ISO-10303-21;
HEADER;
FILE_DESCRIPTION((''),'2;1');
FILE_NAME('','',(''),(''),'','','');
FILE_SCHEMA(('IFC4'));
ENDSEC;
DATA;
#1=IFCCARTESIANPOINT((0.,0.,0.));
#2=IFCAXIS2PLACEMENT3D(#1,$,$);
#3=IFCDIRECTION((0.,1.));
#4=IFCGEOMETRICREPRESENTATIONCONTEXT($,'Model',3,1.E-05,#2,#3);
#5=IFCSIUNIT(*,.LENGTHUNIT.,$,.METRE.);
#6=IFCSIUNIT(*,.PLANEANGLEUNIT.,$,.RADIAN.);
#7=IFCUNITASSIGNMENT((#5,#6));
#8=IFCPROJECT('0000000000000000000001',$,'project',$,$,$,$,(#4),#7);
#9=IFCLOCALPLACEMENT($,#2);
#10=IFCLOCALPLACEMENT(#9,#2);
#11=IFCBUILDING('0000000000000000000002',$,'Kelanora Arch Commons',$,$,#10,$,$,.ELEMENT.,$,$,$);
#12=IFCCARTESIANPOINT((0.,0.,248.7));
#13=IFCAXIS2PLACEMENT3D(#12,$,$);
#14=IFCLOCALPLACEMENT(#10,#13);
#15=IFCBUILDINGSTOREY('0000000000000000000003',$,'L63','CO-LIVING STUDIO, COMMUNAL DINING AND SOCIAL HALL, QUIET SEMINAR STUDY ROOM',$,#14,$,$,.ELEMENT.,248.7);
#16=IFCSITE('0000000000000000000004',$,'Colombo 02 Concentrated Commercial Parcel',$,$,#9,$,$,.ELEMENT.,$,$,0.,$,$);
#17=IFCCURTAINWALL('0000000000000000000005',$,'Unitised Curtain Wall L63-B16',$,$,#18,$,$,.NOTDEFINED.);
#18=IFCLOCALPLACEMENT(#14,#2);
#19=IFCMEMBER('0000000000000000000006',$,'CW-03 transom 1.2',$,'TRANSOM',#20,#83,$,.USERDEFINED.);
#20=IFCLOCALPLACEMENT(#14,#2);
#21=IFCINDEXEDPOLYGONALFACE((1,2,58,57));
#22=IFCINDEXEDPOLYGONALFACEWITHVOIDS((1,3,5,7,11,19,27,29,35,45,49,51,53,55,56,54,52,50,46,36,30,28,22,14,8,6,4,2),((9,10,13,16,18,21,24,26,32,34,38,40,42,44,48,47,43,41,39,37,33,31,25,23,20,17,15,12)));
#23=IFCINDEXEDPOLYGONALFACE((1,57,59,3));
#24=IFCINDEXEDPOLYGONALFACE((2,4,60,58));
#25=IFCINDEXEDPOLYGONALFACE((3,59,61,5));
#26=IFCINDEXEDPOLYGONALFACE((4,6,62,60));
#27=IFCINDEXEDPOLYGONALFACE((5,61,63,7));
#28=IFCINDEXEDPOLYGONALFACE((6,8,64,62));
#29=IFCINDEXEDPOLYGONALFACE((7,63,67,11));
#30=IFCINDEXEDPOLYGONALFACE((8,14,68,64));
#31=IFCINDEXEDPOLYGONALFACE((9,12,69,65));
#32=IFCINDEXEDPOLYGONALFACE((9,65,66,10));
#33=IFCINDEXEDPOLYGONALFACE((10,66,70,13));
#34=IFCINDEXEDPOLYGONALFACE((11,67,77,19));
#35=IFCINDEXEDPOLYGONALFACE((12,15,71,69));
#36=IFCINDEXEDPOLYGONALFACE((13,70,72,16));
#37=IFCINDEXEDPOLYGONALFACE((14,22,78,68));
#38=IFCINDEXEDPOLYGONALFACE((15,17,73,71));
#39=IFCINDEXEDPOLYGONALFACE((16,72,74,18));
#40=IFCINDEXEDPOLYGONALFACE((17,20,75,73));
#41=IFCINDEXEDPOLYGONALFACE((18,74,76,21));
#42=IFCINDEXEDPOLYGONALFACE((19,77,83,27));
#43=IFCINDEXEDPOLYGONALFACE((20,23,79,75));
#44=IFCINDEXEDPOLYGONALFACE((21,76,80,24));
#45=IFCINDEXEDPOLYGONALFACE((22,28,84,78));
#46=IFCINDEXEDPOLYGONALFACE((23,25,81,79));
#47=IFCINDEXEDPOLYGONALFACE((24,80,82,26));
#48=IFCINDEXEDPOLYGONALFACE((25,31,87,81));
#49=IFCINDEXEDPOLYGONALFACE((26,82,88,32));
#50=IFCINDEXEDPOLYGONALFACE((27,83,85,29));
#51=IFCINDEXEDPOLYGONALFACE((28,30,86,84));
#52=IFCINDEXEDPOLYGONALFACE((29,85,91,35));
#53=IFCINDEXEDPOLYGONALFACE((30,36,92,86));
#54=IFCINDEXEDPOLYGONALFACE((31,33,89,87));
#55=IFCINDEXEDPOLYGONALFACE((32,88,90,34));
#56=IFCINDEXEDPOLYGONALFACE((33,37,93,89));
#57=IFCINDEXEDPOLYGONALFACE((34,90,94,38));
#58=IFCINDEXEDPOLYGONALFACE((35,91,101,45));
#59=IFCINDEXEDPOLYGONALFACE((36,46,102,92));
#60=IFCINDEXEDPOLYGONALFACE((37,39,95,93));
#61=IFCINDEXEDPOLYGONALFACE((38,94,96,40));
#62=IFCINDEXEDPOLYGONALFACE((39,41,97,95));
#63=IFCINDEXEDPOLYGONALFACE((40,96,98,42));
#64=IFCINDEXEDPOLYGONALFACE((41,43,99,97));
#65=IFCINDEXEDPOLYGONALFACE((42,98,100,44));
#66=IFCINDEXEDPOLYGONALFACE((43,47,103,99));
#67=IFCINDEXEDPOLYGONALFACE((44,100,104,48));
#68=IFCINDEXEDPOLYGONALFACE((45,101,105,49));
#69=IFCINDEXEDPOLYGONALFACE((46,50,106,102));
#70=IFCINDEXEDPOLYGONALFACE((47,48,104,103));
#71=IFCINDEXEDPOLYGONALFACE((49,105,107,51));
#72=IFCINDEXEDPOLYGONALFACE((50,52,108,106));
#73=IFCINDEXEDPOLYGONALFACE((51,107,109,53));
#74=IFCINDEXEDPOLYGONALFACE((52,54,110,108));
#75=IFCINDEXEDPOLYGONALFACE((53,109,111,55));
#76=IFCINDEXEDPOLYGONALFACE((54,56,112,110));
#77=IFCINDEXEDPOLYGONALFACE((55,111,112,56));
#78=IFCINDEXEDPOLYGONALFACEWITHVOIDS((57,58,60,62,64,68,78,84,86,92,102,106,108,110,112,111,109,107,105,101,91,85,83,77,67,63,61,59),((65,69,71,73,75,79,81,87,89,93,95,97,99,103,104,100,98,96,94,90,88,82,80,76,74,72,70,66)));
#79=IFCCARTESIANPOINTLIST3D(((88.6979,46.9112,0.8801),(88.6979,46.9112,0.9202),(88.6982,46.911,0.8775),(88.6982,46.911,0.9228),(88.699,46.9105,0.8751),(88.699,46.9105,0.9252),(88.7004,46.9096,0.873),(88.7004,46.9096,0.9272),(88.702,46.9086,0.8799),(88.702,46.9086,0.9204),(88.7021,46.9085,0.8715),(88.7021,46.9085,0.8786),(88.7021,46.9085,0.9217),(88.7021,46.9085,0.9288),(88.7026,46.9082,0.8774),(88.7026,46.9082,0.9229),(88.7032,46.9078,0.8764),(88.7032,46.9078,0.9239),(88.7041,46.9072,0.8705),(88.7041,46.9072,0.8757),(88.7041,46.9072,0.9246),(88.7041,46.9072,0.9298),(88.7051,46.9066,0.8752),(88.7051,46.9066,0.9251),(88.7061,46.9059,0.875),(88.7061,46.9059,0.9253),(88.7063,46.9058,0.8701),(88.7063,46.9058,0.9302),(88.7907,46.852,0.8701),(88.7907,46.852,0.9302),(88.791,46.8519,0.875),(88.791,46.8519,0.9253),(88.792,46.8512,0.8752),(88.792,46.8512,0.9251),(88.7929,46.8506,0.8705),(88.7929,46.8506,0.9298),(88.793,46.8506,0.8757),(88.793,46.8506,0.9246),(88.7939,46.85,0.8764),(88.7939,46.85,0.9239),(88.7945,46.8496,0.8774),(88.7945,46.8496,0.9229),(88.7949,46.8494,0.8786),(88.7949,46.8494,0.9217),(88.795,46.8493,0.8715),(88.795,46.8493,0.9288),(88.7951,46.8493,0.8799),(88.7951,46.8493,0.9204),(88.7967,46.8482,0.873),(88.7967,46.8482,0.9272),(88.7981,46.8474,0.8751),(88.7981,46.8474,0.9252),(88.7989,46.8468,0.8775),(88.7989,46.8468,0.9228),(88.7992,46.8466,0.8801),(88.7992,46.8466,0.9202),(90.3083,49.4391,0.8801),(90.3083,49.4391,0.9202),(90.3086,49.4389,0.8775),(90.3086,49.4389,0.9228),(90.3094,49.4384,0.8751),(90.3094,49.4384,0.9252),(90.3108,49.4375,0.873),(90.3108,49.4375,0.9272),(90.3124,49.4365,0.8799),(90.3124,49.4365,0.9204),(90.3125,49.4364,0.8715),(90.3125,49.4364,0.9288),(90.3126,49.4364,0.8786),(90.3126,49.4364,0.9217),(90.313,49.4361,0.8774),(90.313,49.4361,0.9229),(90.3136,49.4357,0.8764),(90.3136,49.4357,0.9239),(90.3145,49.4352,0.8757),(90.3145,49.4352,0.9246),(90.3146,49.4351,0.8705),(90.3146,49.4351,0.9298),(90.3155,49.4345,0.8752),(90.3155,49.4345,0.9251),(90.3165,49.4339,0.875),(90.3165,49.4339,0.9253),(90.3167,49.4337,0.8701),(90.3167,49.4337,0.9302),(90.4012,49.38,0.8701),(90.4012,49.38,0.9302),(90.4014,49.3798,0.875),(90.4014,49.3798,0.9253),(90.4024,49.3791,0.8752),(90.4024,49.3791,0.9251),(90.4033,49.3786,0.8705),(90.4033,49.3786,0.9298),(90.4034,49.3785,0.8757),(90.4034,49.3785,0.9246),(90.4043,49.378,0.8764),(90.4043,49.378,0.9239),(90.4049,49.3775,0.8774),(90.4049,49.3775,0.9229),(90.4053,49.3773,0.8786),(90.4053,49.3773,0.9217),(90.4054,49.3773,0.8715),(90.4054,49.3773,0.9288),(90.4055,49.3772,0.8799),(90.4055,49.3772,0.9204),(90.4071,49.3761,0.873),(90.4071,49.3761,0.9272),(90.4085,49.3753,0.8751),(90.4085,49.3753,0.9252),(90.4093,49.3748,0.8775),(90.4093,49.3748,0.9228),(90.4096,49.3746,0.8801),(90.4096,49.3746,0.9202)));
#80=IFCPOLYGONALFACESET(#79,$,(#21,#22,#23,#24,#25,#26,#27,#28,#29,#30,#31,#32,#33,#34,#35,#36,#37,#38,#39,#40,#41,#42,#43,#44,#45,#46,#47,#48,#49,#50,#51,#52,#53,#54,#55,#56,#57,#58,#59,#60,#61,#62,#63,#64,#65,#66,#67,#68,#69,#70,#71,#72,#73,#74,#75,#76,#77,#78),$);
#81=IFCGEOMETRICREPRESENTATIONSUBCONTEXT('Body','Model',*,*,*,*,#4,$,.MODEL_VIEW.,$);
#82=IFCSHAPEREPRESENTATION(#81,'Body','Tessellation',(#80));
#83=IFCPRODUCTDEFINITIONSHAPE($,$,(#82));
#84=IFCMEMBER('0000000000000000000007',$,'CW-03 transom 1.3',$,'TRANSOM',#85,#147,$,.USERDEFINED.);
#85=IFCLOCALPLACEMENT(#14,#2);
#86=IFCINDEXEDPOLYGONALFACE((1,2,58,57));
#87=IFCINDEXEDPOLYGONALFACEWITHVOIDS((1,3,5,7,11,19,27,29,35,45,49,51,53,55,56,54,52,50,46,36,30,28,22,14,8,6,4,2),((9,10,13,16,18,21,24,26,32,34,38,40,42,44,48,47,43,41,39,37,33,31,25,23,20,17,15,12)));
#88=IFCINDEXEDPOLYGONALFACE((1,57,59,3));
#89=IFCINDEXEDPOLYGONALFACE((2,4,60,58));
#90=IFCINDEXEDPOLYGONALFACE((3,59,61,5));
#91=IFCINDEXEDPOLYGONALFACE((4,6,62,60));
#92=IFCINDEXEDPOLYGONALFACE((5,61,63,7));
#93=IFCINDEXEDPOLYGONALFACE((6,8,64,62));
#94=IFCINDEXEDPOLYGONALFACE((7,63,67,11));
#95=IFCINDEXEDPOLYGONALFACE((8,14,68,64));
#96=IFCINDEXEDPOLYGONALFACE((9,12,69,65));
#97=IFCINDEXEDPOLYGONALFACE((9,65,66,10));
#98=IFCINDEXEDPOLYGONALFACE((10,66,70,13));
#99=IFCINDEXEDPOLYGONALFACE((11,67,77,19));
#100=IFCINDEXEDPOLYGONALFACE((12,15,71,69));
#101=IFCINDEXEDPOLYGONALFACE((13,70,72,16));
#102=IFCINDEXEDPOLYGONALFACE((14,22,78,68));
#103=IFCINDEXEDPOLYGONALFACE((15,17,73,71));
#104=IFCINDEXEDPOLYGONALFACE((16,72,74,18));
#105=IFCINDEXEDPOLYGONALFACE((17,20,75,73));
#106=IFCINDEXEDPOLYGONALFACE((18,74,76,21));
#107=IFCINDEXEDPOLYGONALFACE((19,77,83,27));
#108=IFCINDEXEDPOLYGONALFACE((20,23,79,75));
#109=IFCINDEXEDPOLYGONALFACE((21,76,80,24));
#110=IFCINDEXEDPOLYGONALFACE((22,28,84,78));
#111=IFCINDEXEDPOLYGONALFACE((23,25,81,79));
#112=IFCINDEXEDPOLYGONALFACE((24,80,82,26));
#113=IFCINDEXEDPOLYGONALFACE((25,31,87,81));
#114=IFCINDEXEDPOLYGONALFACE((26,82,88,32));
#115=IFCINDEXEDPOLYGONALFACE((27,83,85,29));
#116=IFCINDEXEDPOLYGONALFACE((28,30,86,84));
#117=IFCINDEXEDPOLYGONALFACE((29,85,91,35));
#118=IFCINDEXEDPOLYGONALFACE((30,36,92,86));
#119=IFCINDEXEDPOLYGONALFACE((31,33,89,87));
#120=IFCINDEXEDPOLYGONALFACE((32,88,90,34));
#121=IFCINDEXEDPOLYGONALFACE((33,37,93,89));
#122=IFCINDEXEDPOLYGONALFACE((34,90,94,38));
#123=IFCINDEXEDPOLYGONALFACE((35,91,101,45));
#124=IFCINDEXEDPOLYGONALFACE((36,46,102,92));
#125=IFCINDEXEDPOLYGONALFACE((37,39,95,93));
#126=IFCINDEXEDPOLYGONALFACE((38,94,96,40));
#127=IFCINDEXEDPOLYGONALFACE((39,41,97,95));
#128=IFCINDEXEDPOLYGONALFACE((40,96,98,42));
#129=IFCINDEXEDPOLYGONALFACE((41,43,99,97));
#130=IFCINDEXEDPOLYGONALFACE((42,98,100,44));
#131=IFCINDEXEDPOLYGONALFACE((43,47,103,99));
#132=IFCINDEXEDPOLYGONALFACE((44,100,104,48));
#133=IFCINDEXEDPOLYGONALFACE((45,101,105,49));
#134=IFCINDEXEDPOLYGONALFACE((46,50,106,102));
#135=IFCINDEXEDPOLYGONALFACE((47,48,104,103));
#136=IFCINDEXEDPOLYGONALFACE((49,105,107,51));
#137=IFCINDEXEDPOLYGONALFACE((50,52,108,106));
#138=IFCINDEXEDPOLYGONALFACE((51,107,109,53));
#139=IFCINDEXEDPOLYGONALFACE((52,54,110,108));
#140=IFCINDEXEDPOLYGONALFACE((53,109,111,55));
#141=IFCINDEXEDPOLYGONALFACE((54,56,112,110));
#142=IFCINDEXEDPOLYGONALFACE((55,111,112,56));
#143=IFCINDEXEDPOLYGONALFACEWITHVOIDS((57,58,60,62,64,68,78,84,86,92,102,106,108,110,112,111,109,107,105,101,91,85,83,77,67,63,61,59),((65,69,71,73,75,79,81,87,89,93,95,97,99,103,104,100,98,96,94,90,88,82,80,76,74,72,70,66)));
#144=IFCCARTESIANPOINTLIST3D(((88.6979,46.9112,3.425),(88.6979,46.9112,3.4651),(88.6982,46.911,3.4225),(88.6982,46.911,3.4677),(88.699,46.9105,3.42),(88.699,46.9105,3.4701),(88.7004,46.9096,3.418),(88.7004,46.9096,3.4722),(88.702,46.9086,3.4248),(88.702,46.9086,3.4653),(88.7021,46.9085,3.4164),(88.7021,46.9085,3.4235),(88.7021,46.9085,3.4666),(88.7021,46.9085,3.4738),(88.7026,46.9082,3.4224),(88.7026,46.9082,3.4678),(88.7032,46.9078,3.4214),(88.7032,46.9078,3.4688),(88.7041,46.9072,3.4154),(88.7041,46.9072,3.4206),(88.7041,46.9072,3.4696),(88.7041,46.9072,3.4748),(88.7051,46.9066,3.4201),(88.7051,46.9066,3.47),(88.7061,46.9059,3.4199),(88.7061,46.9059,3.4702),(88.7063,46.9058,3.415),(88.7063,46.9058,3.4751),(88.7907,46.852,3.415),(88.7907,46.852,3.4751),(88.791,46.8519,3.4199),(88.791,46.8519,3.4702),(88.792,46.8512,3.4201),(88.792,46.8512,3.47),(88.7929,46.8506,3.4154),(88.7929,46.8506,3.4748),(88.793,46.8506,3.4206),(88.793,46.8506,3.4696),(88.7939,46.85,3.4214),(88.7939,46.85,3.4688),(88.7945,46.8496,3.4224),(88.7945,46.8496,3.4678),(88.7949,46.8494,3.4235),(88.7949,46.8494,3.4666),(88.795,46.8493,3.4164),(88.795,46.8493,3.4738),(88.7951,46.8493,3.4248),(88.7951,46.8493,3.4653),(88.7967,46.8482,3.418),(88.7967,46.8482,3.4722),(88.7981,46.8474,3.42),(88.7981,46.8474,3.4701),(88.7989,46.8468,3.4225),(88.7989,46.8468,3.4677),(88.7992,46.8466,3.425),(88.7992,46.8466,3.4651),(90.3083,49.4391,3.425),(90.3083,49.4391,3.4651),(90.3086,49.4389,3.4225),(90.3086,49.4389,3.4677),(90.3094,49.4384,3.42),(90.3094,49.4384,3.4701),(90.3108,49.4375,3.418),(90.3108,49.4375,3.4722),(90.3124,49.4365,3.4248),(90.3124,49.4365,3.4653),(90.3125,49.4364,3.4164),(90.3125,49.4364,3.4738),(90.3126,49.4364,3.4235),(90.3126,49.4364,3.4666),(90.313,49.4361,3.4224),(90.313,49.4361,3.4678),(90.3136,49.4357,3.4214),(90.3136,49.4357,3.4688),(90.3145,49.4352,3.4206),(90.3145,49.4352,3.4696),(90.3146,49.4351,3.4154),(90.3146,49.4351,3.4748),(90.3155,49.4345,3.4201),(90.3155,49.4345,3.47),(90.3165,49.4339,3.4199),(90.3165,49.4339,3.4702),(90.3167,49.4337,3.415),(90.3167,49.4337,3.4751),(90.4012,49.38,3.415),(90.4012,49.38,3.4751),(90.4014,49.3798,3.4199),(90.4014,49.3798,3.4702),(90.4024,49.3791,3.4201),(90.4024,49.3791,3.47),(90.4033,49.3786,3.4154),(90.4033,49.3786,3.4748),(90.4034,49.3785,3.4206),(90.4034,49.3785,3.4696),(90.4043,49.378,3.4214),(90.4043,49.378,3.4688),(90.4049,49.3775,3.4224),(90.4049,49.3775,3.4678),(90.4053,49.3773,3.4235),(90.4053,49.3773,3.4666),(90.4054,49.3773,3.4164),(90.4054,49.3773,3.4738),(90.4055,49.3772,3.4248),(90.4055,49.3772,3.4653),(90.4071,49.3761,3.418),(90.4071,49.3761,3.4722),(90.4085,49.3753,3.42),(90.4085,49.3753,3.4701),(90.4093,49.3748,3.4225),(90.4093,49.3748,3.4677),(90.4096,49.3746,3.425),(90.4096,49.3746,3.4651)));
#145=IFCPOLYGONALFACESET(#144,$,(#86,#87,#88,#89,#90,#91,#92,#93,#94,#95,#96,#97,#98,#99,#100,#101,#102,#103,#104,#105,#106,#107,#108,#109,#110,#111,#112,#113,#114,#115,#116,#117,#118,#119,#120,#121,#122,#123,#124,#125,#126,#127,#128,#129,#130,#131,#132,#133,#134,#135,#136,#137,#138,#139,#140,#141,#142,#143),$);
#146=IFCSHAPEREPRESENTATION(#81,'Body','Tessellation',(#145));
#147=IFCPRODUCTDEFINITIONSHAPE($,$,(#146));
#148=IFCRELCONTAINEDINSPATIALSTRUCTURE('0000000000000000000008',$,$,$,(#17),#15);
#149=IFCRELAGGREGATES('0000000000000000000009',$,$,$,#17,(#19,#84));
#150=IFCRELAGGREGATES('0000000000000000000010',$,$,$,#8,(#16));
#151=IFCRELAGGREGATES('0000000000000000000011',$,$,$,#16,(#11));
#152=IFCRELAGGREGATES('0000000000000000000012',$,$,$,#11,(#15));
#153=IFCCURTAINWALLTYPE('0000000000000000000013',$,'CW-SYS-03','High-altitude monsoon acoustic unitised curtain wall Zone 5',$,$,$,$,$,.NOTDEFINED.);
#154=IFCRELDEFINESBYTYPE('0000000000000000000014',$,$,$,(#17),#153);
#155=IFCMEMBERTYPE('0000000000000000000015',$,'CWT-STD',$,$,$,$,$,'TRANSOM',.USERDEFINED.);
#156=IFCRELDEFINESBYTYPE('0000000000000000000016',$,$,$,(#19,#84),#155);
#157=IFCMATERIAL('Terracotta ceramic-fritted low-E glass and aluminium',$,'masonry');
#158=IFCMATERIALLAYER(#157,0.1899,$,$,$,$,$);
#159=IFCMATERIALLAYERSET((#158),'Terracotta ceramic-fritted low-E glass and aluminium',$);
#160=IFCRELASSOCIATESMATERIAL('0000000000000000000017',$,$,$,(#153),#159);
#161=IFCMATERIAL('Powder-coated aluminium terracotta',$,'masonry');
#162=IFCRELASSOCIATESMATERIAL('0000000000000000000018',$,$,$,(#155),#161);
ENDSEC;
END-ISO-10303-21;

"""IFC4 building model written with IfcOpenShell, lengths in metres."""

from ifc_helpers import new_model, si_unit, direction, frame, origin, origin_2d, place, context, subcontext, project, spatial, hollow_rectangle, extrude, material, layer, layer_set, material_profile, profile_set, type_object, element, aggregate, save


model = new_model("IFC4")

# Units and contexts
model_context = context("Model", 3, precision=1e-05, world=origin(), true_north=direction((0.0, 1.0)))
body_context = subcontext(model_context, "Body", "Model", "MODEL_VIEW")
ifc_project = project(units=[si_unit("LENGTHUNIT", "METRE"), si_unit("PLANEANGLEUNIT", "RADIAN")], contexts=[model_context])

# Site, building, storey
site_placement = place(None, origin())
site = spatial("IfcSite", under=ifc_project, at=site_placement, Name="Colombo 02 Concentrated Commercial Parcel", CompositionType="ELEMENT", RefElevation=0.0)
building_placement = place(site_placement, origin())
building = spatial("IfcBuilding", under=site, at=building_placement, Name="Kelanora Arch Commons", CompositionType="ELEMENT")
storey_placement = place(building_placement, frame((0.0, 0.0, 248.7)))
storey = spatial("IfcBuildingStorey", under=building, at=storey_placement, Name="L63", Description="CO-LIVING STUDIO, COMMUNAL DINING AND SOCIAL HALL, QUIET SEMINAR STUDY ROOM", CompositionType="ELEMENT", Elevation=248.7)

# Shared definitions
ifc_material_1 = material(Name="Terracotta ceramic-fritted low-E glass and aluminium", Category="masonry")
ifc_layer_1 = layer(ifc_material_1, 0.1899)
ifc_layer_set_1 = layer_set([ifc_layer_1], Name="Terracotta ceramic-fritted low-E glass and aluminium")
curtain_wall_type = type_object("IfcCurtainWallType", Name="CW-SYS-03", Description="High-altitude monsoon acoustic unitised curtain wall Zone 5", PredefinedType="NOTDEFINED", material=ifc_layer_set_1)
ifc_material_2 = material(Name="Powder-coated aluminium terracotta", Category="masonry")

# Curtain wall, members
curtain_wall_1_placement = place(storey_placement, origin())
curtain_wall_1 = element("IfcCurtainWall", 1, at=curtain_wall_1_placement, inside=storey, type_object=curtain_wall_type, Name="Unitised Curtain Wall L63-B16", PredefinedType="NOTDEFINED")
ifc_material_profile_1 = material_profile(ifc_material_2, hollow_rectangle(XDim=0.1201, YDim=0.0601, WallThickness=0.0049, InnerFilletRadius=0.0049, OuterFilletRadius=0.01, at=origin_2d()), Name="CWT120x60")
ifc_profile_set_1 = profile_set([ifc_material_profile_1], Name="Powder-coated aluminium terracotta")
member_type_1 = type_object("IfcMemberType", Name="CWT-STD", ElementType="TRANSOM", PredefinedType="USERDEFINED", material=ifc_profile_set_1)
member_1_placement = place(storey_placement, frame((88.7485, 46.8789, 0.9001), z_axis=(0.537287, 0.8434, 0.0), x_axis=(-0.8434, 0.537287, 0.0)))
member_1 = element("IfcMember", 2, at=member_1_placement, type_object=member_type_1, Name="CW-03 transom 1.2", ObjectType="TRANSOM", PredefinedType="USERDEFINED", context=body_context, shape_type="SweptSolid", body=[
    extrude(hollow_rectangle(XDim=0.1201, YDim=0.0601, WallThickness=0.0049, InnerFilletRadius=0.0049, OuterFilletRadius=0.01, at=origin_2d()), origin(), (0.0, 0.0, 1.0), 2.9973),
])
member_2_placement = place(storey_placement, frame((88.7485, 46.8789, 3.4451), z_axis=(0.537287, 0.8434, 0.0), x_axis=(-0.8434, 0.537287, 0.0)))
member_2 = element("IfcMember", 3, at=member_2_placement, type_object=member_type_1, Name="CW-03 transom 1.3", ObjectType="TRANSOM", PredefinedType="USERDEFINED", context=body_context, shape_type="SweptSolid", body=[
    extrude(hollow_rectangle(XDim=0.1201, YDim=0.0601, WallThickness=0.0049, InnerFilletRadius=0.0049, OuterFilletRadius=0.01, at=origin_2d()), origin(), (0.0, 0.0, 1.0), 2.9973),
])
aggregate(curtain_wall_1, [member_1, member_2])

save(model, "model.ifc")
